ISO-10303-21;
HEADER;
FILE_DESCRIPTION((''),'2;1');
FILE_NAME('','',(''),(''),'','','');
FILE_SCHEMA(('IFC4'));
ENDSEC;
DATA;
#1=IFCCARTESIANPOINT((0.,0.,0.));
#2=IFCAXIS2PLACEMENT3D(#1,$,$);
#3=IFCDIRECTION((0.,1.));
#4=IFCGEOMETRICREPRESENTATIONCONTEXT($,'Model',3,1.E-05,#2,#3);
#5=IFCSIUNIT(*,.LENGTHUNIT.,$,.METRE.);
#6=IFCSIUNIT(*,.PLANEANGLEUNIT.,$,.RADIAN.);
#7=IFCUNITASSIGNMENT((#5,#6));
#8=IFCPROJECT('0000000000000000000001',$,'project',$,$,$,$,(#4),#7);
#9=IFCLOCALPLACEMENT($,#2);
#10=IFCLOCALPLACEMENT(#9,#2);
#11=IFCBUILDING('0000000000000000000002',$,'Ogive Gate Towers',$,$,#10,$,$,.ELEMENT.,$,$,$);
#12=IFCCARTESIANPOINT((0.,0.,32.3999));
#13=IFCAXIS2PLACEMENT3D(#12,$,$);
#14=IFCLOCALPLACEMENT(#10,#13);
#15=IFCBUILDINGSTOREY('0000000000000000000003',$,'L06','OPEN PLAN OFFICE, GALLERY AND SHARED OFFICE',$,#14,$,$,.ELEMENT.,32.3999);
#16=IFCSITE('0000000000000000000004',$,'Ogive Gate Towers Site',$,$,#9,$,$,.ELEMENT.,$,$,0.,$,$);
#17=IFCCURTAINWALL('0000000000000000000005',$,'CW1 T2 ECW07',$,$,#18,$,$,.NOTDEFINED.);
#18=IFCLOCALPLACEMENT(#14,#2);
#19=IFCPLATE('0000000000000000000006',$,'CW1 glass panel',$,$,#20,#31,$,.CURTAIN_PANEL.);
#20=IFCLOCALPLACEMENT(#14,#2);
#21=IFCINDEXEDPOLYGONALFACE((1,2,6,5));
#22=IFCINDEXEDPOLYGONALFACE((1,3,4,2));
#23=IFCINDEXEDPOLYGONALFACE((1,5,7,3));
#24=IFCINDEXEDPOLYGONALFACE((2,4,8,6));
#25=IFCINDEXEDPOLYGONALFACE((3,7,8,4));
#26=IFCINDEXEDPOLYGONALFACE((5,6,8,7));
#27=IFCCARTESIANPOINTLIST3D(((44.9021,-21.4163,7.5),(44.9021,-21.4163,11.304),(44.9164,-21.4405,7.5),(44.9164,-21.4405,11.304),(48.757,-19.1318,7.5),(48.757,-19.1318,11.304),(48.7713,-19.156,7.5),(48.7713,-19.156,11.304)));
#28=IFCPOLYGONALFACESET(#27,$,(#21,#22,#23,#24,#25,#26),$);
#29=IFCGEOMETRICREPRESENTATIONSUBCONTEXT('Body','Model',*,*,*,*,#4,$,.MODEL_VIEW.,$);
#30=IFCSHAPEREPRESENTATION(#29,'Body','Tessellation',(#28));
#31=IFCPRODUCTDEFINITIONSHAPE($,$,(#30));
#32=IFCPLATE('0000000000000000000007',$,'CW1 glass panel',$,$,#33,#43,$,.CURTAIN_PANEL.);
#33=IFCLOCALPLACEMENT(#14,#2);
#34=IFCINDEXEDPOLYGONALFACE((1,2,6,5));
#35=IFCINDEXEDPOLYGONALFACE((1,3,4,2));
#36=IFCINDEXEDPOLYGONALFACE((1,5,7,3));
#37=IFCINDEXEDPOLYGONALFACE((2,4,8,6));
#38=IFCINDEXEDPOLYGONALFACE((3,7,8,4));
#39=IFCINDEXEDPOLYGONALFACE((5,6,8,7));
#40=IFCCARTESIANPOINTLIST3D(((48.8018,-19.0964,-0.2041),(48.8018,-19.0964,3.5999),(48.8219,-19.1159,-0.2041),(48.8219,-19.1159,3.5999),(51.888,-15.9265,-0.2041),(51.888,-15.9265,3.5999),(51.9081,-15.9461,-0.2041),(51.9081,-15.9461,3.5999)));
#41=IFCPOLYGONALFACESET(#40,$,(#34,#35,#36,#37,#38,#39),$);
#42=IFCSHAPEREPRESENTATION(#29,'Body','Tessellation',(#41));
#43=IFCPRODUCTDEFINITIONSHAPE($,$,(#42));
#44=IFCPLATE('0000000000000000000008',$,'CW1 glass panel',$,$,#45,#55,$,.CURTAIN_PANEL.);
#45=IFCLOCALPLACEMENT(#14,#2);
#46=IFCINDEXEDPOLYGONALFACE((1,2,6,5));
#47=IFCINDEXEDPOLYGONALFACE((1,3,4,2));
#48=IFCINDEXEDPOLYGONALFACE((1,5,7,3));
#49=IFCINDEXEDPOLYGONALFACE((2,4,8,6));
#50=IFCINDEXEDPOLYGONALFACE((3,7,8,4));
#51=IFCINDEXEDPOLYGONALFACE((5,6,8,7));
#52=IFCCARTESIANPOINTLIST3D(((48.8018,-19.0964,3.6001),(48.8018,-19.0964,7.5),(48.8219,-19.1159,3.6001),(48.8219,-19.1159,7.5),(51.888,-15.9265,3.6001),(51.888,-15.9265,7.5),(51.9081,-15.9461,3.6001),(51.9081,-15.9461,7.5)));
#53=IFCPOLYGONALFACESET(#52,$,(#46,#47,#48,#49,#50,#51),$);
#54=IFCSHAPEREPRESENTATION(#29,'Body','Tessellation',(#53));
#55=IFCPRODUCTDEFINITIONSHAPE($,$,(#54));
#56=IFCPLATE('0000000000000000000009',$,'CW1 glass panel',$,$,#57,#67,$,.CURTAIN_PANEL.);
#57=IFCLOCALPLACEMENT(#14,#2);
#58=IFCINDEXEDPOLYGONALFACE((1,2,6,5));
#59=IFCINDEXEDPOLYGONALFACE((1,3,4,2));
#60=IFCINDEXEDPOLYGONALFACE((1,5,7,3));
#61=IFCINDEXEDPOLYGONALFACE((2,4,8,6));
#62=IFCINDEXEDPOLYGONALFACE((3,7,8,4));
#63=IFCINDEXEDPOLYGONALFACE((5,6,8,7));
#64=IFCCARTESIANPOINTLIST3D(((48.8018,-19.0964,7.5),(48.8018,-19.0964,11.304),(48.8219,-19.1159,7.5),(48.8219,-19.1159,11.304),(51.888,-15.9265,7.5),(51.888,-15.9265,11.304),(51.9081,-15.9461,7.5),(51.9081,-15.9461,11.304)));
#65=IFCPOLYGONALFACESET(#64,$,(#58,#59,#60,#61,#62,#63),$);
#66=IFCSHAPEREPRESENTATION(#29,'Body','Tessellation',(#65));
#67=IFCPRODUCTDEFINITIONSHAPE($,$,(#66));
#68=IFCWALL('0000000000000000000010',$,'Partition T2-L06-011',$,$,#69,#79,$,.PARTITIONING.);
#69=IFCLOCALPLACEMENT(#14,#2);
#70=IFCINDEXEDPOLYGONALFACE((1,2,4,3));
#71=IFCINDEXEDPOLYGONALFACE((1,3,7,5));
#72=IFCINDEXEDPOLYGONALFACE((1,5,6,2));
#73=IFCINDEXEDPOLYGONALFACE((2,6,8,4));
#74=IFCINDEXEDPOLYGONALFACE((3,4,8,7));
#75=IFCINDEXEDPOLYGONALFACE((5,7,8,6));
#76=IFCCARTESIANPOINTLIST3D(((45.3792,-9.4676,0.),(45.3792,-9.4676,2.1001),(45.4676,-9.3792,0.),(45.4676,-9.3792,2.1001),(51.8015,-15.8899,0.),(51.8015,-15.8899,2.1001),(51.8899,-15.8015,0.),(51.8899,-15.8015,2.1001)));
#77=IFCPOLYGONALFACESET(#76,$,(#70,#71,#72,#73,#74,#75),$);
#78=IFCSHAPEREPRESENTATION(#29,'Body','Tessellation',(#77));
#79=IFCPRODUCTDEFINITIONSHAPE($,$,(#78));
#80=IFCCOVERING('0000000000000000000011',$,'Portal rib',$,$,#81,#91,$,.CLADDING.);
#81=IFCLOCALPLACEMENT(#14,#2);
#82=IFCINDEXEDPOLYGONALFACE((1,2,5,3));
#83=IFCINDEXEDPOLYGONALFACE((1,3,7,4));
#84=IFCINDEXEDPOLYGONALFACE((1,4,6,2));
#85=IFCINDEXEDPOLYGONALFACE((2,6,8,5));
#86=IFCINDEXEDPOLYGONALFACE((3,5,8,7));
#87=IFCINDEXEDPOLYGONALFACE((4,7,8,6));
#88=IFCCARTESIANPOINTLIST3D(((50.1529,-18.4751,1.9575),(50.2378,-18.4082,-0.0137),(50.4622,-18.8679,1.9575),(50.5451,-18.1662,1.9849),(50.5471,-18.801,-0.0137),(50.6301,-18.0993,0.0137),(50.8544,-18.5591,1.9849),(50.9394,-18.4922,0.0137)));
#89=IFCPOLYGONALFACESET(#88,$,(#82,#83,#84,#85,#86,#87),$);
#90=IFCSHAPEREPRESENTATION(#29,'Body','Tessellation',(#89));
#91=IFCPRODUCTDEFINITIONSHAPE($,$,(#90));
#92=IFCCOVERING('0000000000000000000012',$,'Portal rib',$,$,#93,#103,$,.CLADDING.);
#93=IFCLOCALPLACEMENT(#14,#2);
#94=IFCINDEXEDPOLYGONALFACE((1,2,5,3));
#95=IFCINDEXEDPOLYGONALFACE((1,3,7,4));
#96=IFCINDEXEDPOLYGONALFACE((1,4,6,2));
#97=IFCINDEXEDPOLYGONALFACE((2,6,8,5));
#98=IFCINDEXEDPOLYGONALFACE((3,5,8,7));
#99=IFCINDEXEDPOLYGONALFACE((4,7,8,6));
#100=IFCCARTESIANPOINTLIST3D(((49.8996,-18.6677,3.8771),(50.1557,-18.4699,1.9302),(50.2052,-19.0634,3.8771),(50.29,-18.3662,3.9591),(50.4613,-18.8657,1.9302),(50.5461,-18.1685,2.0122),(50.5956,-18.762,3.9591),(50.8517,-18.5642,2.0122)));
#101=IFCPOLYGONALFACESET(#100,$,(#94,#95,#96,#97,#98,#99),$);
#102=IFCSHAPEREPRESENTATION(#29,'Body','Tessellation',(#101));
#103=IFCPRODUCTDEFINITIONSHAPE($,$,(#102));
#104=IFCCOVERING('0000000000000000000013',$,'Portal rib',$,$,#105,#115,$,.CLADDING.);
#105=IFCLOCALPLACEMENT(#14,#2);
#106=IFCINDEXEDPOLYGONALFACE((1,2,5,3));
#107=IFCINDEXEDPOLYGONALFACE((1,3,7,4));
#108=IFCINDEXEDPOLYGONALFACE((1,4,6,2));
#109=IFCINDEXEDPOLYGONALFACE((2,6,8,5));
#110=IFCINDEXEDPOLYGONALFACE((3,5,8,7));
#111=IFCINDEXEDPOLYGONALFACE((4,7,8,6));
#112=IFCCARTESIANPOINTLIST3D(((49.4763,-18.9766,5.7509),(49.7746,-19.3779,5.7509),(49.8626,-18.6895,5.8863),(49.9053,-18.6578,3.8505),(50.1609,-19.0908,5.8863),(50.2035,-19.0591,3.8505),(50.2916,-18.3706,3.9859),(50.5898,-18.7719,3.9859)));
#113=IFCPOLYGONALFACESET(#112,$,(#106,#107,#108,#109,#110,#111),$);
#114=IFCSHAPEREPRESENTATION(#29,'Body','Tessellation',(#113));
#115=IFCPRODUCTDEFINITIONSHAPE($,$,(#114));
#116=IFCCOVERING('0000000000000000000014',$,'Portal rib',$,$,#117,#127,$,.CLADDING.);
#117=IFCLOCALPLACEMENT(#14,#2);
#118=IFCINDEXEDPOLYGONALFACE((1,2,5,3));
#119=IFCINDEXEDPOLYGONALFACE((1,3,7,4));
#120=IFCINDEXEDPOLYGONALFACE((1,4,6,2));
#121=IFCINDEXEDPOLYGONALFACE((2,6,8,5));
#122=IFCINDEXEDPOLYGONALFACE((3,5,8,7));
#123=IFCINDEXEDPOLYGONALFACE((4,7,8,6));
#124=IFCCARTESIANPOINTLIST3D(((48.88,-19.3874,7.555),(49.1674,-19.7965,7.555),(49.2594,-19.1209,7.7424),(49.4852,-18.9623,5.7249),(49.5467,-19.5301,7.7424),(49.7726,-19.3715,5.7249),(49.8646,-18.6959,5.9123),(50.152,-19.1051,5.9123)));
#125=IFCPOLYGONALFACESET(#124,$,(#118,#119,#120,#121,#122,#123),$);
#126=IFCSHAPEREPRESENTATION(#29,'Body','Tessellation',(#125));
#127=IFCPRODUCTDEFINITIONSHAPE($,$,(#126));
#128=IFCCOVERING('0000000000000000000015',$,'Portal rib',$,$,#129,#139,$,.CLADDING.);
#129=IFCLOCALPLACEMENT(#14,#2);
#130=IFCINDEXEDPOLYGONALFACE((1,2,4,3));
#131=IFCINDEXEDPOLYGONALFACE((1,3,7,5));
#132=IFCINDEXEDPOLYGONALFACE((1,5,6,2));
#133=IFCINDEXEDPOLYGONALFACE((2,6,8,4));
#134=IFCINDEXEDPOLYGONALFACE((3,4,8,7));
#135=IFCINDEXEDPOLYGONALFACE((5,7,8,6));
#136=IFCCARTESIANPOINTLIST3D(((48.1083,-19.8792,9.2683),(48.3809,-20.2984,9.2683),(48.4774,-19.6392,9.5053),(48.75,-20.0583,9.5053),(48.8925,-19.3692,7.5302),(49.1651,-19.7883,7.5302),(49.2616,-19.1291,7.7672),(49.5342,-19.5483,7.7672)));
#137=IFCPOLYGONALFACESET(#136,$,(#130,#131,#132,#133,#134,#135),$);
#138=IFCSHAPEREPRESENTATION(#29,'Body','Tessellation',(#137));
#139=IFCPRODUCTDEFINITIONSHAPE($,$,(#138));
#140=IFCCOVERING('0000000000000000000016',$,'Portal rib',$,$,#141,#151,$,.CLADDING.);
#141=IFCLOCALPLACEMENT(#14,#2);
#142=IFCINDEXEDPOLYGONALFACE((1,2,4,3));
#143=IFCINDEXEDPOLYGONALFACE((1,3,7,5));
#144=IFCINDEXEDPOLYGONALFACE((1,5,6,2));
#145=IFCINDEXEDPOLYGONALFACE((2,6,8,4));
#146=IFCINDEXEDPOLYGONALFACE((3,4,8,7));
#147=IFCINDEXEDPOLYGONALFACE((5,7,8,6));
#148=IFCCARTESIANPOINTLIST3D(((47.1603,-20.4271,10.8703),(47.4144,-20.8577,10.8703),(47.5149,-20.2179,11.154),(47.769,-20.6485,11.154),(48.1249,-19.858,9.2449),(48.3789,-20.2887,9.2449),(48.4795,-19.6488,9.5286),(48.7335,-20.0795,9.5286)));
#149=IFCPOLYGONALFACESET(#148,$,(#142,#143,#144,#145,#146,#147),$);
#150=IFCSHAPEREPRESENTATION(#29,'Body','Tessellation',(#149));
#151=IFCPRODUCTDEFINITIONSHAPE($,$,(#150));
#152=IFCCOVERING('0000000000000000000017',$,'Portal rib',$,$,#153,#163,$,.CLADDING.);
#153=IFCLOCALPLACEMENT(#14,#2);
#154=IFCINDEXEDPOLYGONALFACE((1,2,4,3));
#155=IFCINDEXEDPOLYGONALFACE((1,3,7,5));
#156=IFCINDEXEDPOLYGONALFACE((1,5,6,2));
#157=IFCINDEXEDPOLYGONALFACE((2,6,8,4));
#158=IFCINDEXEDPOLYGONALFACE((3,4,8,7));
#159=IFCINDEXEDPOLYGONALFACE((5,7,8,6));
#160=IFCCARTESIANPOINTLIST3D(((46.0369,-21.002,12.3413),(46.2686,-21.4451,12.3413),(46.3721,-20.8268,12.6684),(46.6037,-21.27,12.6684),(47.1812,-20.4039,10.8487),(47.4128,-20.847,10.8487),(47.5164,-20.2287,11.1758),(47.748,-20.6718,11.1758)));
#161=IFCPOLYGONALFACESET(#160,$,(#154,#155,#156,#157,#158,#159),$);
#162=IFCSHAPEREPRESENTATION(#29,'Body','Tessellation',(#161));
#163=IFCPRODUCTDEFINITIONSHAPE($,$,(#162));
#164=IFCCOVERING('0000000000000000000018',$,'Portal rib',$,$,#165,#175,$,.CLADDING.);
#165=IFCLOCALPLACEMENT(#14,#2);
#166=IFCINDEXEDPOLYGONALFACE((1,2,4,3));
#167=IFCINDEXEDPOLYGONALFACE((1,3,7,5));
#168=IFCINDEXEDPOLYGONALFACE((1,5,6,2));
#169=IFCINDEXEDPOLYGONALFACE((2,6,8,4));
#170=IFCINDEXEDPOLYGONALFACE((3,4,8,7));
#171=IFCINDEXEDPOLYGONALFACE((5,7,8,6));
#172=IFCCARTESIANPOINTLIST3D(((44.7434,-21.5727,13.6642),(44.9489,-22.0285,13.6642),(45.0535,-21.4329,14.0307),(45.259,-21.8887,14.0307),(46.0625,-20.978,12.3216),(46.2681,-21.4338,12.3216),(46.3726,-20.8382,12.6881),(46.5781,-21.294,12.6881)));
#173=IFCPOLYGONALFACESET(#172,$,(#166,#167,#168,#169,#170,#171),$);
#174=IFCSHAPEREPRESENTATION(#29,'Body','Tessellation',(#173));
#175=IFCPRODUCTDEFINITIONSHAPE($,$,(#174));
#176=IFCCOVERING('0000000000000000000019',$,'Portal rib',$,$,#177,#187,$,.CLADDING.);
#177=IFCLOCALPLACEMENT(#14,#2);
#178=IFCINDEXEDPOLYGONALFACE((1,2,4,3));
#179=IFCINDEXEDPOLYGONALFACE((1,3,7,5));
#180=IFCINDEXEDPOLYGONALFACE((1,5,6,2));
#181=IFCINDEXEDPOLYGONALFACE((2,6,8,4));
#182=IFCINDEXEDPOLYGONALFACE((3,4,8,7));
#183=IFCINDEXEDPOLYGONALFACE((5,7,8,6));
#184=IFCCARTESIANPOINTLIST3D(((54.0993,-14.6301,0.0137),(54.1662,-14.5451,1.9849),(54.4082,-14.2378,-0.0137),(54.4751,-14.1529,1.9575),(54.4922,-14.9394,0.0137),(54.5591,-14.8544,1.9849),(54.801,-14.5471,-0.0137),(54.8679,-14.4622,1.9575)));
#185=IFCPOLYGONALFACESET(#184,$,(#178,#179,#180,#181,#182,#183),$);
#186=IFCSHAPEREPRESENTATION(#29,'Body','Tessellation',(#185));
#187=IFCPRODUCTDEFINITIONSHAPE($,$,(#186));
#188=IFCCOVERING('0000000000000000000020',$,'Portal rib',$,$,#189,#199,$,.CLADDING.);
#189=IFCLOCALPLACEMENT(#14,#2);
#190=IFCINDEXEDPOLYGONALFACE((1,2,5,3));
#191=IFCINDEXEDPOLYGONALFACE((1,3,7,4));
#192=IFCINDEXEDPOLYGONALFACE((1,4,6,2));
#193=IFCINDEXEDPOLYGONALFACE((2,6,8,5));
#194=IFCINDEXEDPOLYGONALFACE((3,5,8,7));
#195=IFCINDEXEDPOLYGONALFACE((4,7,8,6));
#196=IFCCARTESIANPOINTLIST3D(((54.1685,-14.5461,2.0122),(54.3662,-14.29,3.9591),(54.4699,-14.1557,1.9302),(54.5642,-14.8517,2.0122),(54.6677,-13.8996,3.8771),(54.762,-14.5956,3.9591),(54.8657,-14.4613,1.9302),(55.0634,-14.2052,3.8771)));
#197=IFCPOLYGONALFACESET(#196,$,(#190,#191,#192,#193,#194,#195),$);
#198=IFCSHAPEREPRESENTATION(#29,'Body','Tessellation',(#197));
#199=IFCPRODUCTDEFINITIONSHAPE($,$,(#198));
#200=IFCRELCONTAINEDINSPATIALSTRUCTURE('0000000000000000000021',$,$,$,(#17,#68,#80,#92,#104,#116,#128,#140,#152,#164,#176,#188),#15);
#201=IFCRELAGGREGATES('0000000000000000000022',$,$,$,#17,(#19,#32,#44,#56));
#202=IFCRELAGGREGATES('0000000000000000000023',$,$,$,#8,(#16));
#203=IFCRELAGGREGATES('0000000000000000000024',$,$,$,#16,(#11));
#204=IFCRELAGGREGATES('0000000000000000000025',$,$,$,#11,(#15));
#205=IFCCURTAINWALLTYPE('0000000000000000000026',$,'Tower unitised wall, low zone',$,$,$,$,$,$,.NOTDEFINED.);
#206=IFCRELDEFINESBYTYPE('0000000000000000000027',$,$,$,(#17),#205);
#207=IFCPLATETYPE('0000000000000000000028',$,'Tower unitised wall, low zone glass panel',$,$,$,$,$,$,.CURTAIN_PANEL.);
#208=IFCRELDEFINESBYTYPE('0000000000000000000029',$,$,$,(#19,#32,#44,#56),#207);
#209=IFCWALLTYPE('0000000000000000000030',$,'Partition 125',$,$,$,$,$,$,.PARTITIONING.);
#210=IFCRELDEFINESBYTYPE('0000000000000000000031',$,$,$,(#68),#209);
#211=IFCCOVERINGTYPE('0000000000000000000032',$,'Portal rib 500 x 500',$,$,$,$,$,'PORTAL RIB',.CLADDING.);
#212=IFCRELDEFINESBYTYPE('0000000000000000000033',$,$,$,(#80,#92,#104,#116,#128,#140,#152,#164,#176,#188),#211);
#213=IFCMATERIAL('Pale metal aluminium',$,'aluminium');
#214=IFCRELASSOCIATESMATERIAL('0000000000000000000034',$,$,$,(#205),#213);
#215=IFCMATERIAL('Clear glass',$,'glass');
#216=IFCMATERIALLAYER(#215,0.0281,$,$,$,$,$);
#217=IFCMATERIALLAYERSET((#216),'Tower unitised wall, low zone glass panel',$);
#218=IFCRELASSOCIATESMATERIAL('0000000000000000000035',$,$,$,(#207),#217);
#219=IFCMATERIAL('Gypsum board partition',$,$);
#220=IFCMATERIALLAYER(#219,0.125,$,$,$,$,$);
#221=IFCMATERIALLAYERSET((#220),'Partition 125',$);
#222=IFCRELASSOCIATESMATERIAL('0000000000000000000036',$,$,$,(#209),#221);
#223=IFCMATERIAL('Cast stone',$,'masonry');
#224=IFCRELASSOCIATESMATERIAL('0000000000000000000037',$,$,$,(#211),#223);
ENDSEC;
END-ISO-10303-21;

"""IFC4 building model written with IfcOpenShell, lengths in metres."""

from ifc_helpers import new_model, si_unit, direction, frame, frame_2d, origin, origin_2d, place, context, subcontext, project, spatial, rectangle, extrude, material, layer, layer_set, material_profile, profile_set, type_object, element, aggregate, save


model = new_model("IFC4")

# Units and contexts
model_context = context("Model", 3, precision=1e-05, world=origin(), true_north=direction((0.0, 1.0)))
body_context = subcontext(model_context, "Body", "Model", "MODEL_VIEW")
ifc_project = project(units=[si_unit("LENGTHUNIT", "METRE"), si_unit("PLANEANGLEUNIT", "RADIAN")], contexts=[model_context])

# Site, building, storey
site_placement = place(None, origin())
site = spatial("IfcSite", under=ifc_project, at=site_placement, Name="Ogive Gate Towers Site", CompositionType="ELEMENT", RefElevation=0.0)
building_placement = place(site_placement, origin())
building = spatial("IfcBuilding", under=site, at=building_placement, Name="Ogive Gate Towers", CompositionType="ELEMENT")
storey_placement = place(building_placement, frame((0.0, 0.0, 32.3999)))
storey = spatial("IfcBuildingStorey", under=building, at=storey_placement, Name="L06", Description="OPEN PLAN OFFICE, GALLERY AND SHARED OFFICE", CompositionType="ELEMENT", Elevation=32.3999)

# Curtain wall
ifc_material_1 = material(Name="Pale metal aluminium", Category="aluminium")
curtain_wall_type = type_object("IfcCurtainWallType", Name="Tower unitised wall, low zone", PredefinedType="NOTDEFINED", material=ifc_material_1)
curtain_wall_1_placement = place(storey_placement, origin())
curtain_wall_1 = element("IfcCurtainWall", 1, at=curtain_wall_1_placement, inside=storey, type_object=curtain_wall_type, Name="CW1 T2 ECW07", PredefinedType="NOTDEFINED")

# Plates
ifc_material_2 = material(Name="Clear glass", Category="glass")
ifc_layer_1 = layer(ifc_material_2, 0.0281)
ifc_layer_set_1 = layer_set([ifc_layer_1], Name="Tower unitised wall, low zone glass panel")
plate_type = type_object("IfcPlateType", Name="Tower unitised wall, low zone glass panel", PredefinedType="CURTAIN_PANEL", material=ifc_layer_set_1)
plate_1_placement = place(storey_placement, frame((46.8367, -20.2861, 7.5), z_axis=(0.0, 0.0, 1.0), x_axis=(0.86028, 0.509822, 0.0)))
plate_1 = element("IfcPlate", 2, at=plate_1_placement, type_object=plate_type, Name="CW1 glass panel", PredefinedType="CURTAIN_PANEL", context=body_context, shape_type="SweptSolid", body=[
    extrude(rectangle(XDim=4.481, YDim=0.0281, at=origin_2d()), origin(), (0.0, 0.0, 1.0), 3.804),
])
plate_2_placement = place(storey_placement, frame((50.355, -17.5212, -0.2041), z_axis=(0.0, 0.0, 1.0), x_axis=(0.69759, 0.716497, 0.0)))
plate_2 = element("IfcPlate", 3, at=plate_2_placement, type_object=plate_type, Name="CW1 glass panel", PredefinedType="CURTAIN_PANEL", context=body_context, shape_type="SweptSolid", body=[
    extrude(rectangle(XDim=4.4241, YDim=0.0281, at=origin_2d()), origin(), (0.0, 0.0, 1.0), 3.804),
])
plate_3_placement = place(storey_placement, frame((50.355, -17.5212, 3.6001), z_axis=(0.0, 0.0, 1.0), x_axis=(0.69759, 0.716497, 0.0)))
plate_3 = element("IfcPlate", 4, at=plate_3_placement, type_object=plate_type, Name="CW1 glass panel", PredefinedType="CURTAIN_PANEL", context=body_context, shape_type="SweptSolid", body=[
    extrude(rectangle(XDim=4.4241, YDim=0.0281, at=origin_2d()), origin(), (0.0, 0.0, 1.0), 3.8999),
])
plate_4_placement = place(storey_placement, frame((50.355, -17.5212, 7.5), z_axis=(0.0, 0.0, 1.0), x_axis=(0.69759, 0.716497, 0.0)))
plate_4 = element("IfcPlate", 5, at=plate_4_placement, type_object=plate_type, Name="CW1 glass panel", PredefinedType="CURTAIN_PANEL", context=body_context, shape_type="SweptSolid", body=[
    extrude(rectangle(XDim=4.4241, YDim=0.0281, at=origin_2d()), origin(), (0.0, 0.0, 1.0), 3.804),
])
aggregate(curtain_wall_1, [plate_1, plate_2, plate_3, plate_4])

# Wall
ifc_material_3 = material(Name="Gypsum board partition")
ifc_layer_2 = layer(ifc_material_3, 0.125)
ifc_layer_set_2 = layer_set([ifc_layer_2], Name="Partition 125")
wall_type = type_object("IfcWallType", Name="Partition 125", PredefinedType="PARTITIONING", material=ifc_layer_set_2)
wall_placement = place(storey_placement, frame((51.8457, -15.8457, 0.0), z_axis=(0.0, 0.0, 1.0), x_axis=(-0.707107, 0.707107, 0.0)))
element("IfcWall", 6, at=wall_placement, inside=storey, type_object=wall_type, Name="Partition T2-L06-011", PredefinedType="PARTITIONING", context=body_context, shape_type="SweptSolid", body=[
    extrude(rectangle(XDim=9.0825, YDim=0.125, at=frame_2d((4.5413, 0.0))), origin(), (0.0, 0.0, 1.0), 2.1001),
])

# Coverings
ifc_material_4 = material(Name="Cast stone", Category="masonry")
ifc_material_profile_1 = material_profile(ifc_material_4, rectangle(XDim=0.5, YDim=0.5, at=origin_2d()), Name="500 x 500 cast stone")
ifc_profile_set_1 = profile_set([ifc_material_profile_1], Name="Cast stone")
covering_type = type_object("IfcCoveringType", Name="Portal rib 500 x 500", ElementType="PORTAL RIB", PredefinedType="CLADDING", material=ifc_profile_set_1)
covering_1_placement = place(storey_placement, frame((50.5886, -18.4502, 0.0), z_axis=(-0.043037, -0.033885, 0.998499), x_axis=(0.618619, -0.785691, 0.0)))
element("IfcCovering", 7, at=covering_1_placement, inside=storey, type_object=covering_type, Name="Portal rib", PredefinedType="CLADDING", context=body_context, shape_type="SweptSolid", body=[
    extrude(rectangle(XDim=0.5, YDim=0.5, at=origin_2d()), origin(), (0.0, 0.0, 1.0), 1.9741),
])
covering_2_placement = place(storey_placement, frame((50.5037, -18.5171, 1.9712), z_axis=(-0.129756, -0.100193, 0.986471), x_axis=(0.611168, -0.791501, 0.0)))
element("IfcCovering", 8, at=covering_2_placement, inside=storey, type_object=covering_type, Name="Portal rib", PredefinedType="CLADDING", context=body_context, shape_type="SweptSolid", body=[
    extrude(rectangle(XDim=0.5, YDim=0.5, at=origin_2d()), origin(), (0.0, 0.0, 1.0), 1.9736),
])
covering_3_placement = place(storey_placement, frame((50.2476, -18.7148, 3.9182), z_axis=(-0.217289, -0.161514, 0.962652), x_axis=(0.596559, -0.802569, 0.0)))
element("IfcCovering", 9, at=covering_3_placement, inside=storey, type_object=covering_type, Name="Portal rib", PredefinedType="CLADDING", context=body_context, shape_type="SweptSolid", body=[
    extrude(rectangle(XDim=0.5, YDim=0.5, at=origin_2d()), origin(), (0.0, 0.0, 1.0), 1.9741),
])
for number, where, z_axis, x_axis, name in (
    (10, (49.8186, -19.0337, 5.8186), (-0.306619, -0.215338, 0.927154), (0.574725, -0.818347, 0.0), "Portal rib"),
    (11, (49.2134, -19.4587, 7.6487), (-0.397298, -0.258392, 0.880561), (0.545208, -0.8383, 0.0), "Portal rib"),
    (12, (48.4292, -19.9688, 9.3867), (-0.488661, -0.288299, 0.823464), (0.508134, -0.861278, 0.0), "Portal rib"),
):
    element("IfcCovering", number, at=place(storey_placement, frame(where, z_axis=z_axis, x_axis=x_axis)), inside=storey, type_object=covering_type, Name=name, PredefinedType="CLADDING", context=body_context, shape_type="SweptSolid", body=[
        extrude(rectangle(XDim=0.5, YDim=0.5, at=origin_2d()), origin(), (0.0, 0.0, 1.0), 1.9739),
    ])
covering_4_placement = place(storey_placement, frame((47.4646, -20.5378, 11.0122), z_axis=(-0.579785, -0.303067, 0.756306), x_axis=(0.463251, -0.886227, 0.0)))
element("IfcCovering", 13, at=covering_4_placement, inside=storey, type_object=covering_type, Name="Portal rib", PredefinedType="CLADDING", context=body_context, shape_type="SweptSolid", body=[
    extrude(rectangle(XDim=0.5, YDim=0.5, at=origin_2d()), origin(), (0.0, 0.0, 1.0), 1.9736),
])
covering_5_placement = place(storey_placement, frame((46.3203, -21.136, 12.5049), z_axis=(-0.668283, -0.301303, 0.680157), x_axis=(0.411017, -0.911628, 0.0)))
element("IfcCovering", 14, at=covering_5_placement, inside=storey, type_object=covering_type, Name="Portal rib", PredefinedType="CLADDING", context=body_context, shape_type="SweptSolid", body=[
    extrude(rectangle(XDim=0.5, YDim=0.5, at=origin_2d()), origin(), (0.0, 0.0, 1.0), 1.9739),
])
covering_6_placement = place(storey_placement, frame((54.4502, -14.5886, 0.0), z_axis=(0.033885, 0.043037, 0.998499), x_axis=(-0.785691, 0.618619, 0.0)))
element("IfcCovering", 15, at=covering_6_placement, inside=storey, type_object=covering_type, Name="Portal rib", PredefinedType="CLADDING", context=body_context, shape_type="SweptSolid", body=[
    extrude(rectangle(XDim=0.5, YDim=0.5, at=origin_2d()), origin(), (0.0, 0.0, 1.0), 1.9741),
])
covering_7_placement = place(storey_placement, frame((54.5171, -14.5037, 1.9712), z_axis=(0.100193, 0.129756, 0.986471), x_axis=(-0.791501, 0.611168, 0.0)))
element("IfcCovering", 16, at=covering_7_placement, inside=storey, type_object=covering_type, Name="Portal rib", PredefinedType="CLADDING", context=body_context, shape_type="SweptSolid", body=[
    extrude(rectangle(XDim=0.5, YDim=0.5, at=origin_2d()), origin(), (0.0, 0.0, 1.0), 1.9736),
])

save(model, "model.ifc")
